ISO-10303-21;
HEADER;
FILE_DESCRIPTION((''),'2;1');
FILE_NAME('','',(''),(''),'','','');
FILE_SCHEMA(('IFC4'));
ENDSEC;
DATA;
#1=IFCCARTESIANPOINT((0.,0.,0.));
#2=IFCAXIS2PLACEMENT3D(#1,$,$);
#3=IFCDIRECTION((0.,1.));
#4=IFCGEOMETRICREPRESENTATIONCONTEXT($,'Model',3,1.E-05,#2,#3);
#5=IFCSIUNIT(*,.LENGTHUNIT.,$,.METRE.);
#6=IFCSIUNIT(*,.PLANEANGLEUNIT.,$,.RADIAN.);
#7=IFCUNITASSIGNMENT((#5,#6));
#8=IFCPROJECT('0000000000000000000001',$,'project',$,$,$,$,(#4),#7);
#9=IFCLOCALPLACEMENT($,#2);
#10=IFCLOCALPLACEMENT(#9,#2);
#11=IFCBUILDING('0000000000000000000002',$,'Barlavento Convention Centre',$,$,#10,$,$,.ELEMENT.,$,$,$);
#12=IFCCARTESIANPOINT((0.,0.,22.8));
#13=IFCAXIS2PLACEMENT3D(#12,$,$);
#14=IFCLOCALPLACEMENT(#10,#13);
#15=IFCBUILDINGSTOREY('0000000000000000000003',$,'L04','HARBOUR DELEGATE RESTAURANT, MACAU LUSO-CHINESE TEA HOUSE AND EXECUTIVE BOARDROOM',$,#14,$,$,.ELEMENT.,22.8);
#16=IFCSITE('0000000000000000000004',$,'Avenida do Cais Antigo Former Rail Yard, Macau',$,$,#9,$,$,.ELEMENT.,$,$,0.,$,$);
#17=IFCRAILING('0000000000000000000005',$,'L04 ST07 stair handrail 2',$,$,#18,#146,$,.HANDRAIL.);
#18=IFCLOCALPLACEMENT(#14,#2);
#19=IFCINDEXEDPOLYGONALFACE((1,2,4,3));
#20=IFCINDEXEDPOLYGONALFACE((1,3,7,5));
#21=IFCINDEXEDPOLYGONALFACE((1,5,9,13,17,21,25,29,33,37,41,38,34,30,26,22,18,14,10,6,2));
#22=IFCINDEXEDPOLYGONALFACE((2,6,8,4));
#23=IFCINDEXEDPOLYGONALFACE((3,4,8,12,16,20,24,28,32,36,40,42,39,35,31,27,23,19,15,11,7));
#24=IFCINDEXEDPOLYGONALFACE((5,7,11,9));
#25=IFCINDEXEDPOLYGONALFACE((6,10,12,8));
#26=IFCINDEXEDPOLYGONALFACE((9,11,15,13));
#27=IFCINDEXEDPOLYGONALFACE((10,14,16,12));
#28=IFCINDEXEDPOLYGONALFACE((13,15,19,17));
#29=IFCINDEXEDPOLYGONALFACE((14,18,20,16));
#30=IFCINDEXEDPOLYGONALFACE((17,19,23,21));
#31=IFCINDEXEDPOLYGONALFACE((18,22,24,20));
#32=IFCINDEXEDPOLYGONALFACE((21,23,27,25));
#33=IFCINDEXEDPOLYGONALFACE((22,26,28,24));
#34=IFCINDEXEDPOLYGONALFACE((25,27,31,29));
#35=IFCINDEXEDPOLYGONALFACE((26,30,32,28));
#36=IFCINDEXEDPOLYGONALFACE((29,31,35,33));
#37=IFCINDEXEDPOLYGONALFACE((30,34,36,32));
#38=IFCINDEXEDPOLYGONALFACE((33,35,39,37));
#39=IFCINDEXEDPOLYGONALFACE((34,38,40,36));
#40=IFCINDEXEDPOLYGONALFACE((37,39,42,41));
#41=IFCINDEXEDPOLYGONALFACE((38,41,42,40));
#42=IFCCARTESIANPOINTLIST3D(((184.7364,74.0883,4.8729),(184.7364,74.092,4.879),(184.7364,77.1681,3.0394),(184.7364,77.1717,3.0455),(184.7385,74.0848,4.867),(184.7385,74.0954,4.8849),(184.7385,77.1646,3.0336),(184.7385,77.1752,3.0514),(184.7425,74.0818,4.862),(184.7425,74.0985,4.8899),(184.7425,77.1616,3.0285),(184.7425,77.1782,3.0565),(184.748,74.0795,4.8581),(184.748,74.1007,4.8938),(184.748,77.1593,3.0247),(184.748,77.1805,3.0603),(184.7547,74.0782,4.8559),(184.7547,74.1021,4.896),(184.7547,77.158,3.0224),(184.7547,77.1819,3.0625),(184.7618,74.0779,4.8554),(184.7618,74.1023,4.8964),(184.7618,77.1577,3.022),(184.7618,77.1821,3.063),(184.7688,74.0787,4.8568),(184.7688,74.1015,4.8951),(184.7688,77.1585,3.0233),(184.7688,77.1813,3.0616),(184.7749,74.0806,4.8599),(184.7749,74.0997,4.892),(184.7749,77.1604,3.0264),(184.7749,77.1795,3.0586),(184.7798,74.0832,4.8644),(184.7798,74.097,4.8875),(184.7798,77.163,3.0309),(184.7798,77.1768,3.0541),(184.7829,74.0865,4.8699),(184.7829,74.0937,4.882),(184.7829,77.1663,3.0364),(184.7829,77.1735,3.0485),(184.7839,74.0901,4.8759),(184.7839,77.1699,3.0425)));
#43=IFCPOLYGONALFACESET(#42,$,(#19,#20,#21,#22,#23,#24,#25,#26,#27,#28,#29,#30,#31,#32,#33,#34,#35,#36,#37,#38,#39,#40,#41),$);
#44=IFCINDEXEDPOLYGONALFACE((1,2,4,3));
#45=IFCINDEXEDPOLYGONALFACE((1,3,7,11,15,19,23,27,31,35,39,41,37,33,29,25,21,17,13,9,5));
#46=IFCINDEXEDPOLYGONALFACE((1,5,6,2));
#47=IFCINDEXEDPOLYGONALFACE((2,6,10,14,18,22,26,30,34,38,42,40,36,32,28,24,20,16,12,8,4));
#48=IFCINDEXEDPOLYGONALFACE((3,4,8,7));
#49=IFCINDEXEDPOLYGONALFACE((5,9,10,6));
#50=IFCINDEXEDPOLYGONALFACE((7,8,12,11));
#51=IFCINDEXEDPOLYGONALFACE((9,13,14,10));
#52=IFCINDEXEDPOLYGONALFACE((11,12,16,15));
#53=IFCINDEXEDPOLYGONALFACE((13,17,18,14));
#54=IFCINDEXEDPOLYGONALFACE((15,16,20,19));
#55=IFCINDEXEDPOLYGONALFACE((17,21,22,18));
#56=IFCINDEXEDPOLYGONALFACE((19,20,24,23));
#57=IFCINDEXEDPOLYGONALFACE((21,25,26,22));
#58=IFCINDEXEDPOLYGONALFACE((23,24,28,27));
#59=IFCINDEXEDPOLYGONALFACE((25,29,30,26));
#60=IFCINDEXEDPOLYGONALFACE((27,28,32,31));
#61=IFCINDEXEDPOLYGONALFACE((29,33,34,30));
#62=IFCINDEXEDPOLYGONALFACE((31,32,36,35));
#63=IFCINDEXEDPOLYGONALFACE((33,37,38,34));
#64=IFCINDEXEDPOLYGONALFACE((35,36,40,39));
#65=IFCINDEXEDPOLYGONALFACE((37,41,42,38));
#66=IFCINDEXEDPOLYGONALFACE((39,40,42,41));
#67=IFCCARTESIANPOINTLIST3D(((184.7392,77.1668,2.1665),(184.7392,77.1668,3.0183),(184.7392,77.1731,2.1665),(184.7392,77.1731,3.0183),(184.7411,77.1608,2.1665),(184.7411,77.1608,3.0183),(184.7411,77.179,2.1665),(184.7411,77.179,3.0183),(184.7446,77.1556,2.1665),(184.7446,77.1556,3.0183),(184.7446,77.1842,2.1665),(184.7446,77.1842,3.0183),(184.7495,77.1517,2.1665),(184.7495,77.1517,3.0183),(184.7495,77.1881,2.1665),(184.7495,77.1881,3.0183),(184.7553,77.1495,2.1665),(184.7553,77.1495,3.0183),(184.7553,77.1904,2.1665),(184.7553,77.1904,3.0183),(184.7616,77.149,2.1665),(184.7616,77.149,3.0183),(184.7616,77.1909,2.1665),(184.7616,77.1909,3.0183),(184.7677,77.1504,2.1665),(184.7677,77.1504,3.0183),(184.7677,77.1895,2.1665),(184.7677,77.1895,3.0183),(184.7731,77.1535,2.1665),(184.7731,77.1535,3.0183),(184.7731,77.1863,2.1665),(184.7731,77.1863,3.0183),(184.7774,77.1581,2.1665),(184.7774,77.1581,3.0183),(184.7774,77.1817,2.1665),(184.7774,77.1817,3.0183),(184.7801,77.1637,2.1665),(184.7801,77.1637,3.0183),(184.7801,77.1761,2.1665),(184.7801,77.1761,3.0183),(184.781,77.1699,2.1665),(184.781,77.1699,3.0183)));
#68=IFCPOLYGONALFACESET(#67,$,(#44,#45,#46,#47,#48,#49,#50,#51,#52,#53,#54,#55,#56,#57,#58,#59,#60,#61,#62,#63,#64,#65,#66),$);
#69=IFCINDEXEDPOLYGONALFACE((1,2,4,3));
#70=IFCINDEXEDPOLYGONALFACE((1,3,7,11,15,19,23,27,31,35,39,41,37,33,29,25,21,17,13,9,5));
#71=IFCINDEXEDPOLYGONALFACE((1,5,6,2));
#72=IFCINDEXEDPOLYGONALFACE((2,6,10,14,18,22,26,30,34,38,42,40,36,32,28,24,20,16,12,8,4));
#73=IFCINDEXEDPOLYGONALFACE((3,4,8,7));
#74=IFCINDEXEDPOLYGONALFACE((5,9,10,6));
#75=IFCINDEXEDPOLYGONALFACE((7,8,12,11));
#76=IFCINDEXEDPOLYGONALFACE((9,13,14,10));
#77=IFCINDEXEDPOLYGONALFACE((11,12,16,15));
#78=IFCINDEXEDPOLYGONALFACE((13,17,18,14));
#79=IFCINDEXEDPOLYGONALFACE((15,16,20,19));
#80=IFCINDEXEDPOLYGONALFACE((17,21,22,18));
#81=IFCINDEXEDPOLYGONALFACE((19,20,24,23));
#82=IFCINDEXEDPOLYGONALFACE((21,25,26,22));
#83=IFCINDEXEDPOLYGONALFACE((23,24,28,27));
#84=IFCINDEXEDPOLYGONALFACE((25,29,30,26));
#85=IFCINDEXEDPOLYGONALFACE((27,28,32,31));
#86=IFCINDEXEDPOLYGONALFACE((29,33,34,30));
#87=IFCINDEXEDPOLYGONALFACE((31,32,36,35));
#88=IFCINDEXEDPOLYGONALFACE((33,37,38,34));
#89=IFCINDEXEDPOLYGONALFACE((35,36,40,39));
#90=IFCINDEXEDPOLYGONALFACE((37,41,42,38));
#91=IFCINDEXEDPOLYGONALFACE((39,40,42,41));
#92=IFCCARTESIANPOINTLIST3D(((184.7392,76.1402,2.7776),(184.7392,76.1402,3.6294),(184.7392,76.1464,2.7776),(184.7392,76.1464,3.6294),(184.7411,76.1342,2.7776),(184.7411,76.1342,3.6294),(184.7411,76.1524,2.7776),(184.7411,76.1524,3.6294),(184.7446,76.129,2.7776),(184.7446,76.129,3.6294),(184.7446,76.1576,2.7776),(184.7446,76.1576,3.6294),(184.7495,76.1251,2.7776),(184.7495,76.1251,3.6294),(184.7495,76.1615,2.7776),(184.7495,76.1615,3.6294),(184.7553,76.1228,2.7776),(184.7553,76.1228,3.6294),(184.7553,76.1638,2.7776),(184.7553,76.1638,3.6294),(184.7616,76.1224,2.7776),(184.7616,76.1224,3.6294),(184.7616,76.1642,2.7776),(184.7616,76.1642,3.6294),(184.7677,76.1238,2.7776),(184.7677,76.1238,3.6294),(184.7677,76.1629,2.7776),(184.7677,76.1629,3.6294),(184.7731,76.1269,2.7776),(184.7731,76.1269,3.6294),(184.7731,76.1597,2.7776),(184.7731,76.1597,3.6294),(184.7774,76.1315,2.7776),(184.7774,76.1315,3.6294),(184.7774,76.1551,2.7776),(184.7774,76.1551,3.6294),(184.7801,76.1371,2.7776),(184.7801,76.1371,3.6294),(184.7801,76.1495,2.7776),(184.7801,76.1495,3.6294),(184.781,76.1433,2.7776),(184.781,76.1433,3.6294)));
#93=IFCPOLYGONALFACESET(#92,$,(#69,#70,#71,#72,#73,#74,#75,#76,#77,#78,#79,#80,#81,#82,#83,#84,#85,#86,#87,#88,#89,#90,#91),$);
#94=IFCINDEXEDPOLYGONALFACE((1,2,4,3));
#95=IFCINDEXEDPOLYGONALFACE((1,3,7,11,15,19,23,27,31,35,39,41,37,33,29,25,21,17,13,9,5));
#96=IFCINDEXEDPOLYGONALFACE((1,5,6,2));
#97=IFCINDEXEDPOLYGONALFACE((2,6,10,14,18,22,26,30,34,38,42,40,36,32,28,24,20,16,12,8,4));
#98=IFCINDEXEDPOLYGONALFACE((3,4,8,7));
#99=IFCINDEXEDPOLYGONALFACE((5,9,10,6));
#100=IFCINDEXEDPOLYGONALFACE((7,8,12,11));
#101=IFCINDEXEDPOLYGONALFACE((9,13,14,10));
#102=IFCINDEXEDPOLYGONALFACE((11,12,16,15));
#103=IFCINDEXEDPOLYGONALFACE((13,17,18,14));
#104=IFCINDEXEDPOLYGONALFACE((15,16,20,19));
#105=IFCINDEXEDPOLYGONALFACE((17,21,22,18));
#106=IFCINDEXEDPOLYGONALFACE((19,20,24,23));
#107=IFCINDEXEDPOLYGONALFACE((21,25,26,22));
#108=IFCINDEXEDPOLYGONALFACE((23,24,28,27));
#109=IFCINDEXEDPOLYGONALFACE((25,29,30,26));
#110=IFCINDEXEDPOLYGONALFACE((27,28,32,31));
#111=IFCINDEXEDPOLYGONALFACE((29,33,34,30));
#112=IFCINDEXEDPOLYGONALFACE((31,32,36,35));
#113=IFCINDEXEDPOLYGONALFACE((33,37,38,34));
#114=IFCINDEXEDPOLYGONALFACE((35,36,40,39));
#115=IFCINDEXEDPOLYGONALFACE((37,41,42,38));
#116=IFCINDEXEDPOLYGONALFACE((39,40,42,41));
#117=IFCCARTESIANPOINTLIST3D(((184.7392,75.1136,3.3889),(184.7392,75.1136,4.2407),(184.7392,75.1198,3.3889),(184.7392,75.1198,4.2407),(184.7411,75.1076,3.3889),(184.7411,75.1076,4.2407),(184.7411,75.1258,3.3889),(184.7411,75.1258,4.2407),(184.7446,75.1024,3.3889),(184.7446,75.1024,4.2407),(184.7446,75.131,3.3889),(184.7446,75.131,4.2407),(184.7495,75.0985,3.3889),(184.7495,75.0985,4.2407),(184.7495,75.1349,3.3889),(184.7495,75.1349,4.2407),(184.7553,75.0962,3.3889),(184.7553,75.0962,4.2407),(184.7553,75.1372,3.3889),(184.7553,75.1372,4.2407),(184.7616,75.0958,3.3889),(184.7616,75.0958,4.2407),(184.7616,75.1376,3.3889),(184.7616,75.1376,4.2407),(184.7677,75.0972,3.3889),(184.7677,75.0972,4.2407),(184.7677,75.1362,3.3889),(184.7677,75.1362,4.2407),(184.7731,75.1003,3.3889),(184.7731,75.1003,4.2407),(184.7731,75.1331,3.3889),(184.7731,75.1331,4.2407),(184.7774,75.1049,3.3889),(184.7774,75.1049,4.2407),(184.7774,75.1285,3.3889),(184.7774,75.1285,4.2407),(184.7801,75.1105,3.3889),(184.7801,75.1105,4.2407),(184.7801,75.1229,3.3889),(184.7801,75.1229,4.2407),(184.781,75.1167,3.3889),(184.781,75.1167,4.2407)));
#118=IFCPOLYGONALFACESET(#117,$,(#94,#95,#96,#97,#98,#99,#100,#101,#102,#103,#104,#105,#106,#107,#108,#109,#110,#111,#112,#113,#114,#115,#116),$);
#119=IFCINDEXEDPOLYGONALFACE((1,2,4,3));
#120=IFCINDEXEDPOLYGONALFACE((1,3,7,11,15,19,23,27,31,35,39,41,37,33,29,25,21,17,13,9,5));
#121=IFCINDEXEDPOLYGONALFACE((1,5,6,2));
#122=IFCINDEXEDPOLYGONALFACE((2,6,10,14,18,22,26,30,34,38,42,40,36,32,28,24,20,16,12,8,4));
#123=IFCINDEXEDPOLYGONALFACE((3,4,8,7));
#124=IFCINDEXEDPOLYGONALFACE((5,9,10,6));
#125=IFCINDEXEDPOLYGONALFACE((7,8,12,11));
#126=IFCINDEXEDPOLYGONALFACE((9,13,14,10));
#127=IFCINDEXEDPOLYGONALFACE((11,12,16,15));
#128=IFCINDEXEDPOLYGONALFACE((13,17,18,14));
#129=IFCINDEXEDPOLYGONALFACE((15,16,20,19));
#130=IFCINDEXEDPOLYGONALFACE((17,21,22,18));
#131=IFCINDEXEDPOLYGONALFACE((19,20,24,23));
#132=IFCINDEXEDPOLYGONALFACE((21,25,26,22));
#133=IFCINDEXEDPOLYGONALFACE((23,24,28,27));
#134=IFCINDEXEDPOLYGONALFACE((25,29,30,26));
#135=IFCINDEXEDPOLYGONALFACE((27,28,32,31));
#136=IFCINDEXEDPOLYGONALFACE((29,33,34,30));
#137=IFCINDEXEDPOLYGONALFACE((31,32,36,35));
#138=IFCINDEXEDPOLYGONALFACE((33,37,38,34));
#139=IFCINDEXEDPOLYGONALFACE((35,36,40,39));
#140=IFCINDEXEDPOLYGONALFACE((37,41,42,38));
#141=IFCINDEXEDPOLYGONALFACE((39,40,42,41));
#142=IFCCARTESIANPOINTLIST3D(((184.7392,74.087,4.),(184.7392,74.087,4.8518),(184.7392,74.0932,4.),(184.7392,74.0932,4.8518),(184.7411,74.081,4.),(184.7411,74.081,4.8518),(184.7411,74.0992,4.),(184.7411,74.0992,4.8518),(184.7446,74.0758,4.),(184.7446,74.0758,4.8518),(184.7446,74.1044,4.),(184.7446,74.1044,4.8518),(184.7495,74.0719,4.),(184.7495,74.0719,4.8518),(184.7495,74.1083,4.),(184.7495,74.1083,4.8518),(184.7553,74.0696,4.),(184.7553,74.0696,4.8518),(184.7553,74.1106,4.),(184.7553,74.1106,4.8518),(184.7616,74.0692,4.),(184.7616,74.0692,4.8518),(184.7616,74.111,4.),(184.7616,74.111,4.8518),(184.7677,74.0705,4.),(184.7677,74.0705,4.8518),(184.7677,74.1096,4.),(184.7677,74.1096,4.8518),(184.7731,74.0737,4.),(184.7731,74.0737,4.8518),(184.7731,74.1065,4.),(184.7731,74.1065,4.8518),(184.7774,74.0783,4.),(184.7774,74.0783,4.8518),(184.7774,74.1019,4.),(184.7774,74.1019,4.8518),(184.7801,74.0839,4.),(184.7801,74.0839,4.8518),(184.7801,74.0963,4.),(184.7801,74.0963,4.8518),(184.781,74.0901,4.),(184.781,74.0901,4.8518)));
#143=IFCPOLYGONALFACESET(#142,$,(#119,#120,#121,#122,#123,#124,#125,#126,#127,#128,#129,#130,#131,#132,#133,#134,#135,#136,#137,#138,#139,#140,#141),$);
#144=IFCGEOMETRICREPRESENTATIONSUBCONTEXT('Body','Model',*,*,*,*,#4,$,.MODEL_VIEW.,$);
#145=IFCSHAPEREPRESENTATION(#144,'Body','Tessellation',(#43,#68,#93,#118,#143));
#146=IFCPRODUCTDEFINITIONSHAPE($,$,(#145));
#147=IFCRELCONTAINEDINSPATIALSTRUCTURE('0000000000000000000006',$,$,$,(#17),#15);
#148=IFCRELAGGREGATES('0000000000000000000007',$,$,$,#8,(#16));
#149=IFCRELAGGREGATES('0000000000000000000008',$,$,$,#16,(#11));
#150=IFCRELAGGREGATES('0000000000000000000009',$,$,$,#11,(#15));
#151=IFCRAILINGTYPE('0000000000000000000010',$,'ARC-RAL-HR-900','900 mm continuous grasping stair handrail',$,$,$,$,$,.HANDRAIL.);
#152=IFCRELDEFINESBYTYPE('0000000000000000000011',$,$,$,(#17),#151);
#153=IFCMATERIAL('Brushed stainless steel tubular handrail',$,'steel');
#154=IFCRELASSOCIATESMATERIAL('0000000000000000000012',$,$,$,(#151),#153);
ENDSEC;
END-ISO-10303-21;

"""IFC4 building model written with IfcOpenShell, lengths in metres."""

from ifc_helpers import new_model, si_unit, direction, frame, origin, origin_2d, place, context, subcontext, project, spatial, circle, extrude, material, type_object, element, save


model = new_model("IFC4")

# Units and contexts
model_context = context("Model", 3, precision=1e-05, world=origin(), true_north=direction((0.0, 1.0)))
body_context = subcontext(model_context, "Body", "Model", "MODEL_VIEW")
ifc_project = project(units=[si_unit("LENGTHUNIT", "METRE"), si_unit("PLANEANGLEUNIT", "RADIAN")], contexts=[model_context])

# Site, building, storey
site_placement = place(None, origin())
site = spatial("IfcSite", under=ifc_project, at=site_placement, Name="Avenida do Cais Antigo Former Rail Yard, Macau", CompositionType="ELEMENT", RefElevation=0.0)
building_placement = place(site_placement, origin())
building = spatial("IfcBuilding", under=site, at=building_placement, Name="Barlavento Convention Centre", CompositionType="ELEMENT")
storey_placement = place(building_placement, frame((0.0, 0.0, 22.8)))
storey = spatial("IfcBuildingStorey", under=building, at=storey_placement, Name="L04", Description="HARBOUR DELEGATE RESTAURANT, MACAU LUSO-CHINESE TEA HOUSE AND EXECUTIVE BOARDROOM", CompositionType="ELEMENT", Elevation=22.8)

# Railing
ifc_material_1 = material(Name="Brushed stainless steel tubular handrail", Category="steel")
railing_type_1 = type_object("IfcRailingType", Name="ARC-RAL-HR-900", Description="900 mm continuous grasping stair handrail", PredefinedType="HANDRAIL", material=ifc_material_1)
railing_1_placement = place(storey_placement, frame((184.76, 77.1699, 2.1665)))
element("IfcRailing", 1, at=railing_1_placement, inside=storey, type_object=railing_type_1, Name="L04 ST07 stair handrail 2", PredefinedType="HANDRAIL", context=body_context, shape_type="SweptSolid", body=[
    extrude(circle(Radius=0.0239, at=origin_2d()), frame((0.0, 0.0, 0.876), z_axis=(0.0, -0.859261, 0.511538), x_axis=(1.0, 0.0, 0.0)), (0.0, 0.0, 1.0), 3.5842),
    extrude(circle(Radius=0.021, at=origin_2d()), origin(), (0.0, 0.0, 1.0), 0.8518),
    extrude(circle(Radius=0.021, at=origin_2d()), frame((0.0, -1.0266, 0.6111)), (0.0, 0.0, 1.0), 0.8518),
    extrude(circle(Radius=0.021, at=origin_2d()), frame((0.0, -2.0532, 1.2224)), (0.0, 0.0, 1.0), 0.8518),
    extrude(circle(Radius=0.021, at=origin_2d()), frame((0.0, -3.0798, 1.8335)), (0.0, 0.0, 1.0), 0.8518),
])

save(model, "model.ifc")
